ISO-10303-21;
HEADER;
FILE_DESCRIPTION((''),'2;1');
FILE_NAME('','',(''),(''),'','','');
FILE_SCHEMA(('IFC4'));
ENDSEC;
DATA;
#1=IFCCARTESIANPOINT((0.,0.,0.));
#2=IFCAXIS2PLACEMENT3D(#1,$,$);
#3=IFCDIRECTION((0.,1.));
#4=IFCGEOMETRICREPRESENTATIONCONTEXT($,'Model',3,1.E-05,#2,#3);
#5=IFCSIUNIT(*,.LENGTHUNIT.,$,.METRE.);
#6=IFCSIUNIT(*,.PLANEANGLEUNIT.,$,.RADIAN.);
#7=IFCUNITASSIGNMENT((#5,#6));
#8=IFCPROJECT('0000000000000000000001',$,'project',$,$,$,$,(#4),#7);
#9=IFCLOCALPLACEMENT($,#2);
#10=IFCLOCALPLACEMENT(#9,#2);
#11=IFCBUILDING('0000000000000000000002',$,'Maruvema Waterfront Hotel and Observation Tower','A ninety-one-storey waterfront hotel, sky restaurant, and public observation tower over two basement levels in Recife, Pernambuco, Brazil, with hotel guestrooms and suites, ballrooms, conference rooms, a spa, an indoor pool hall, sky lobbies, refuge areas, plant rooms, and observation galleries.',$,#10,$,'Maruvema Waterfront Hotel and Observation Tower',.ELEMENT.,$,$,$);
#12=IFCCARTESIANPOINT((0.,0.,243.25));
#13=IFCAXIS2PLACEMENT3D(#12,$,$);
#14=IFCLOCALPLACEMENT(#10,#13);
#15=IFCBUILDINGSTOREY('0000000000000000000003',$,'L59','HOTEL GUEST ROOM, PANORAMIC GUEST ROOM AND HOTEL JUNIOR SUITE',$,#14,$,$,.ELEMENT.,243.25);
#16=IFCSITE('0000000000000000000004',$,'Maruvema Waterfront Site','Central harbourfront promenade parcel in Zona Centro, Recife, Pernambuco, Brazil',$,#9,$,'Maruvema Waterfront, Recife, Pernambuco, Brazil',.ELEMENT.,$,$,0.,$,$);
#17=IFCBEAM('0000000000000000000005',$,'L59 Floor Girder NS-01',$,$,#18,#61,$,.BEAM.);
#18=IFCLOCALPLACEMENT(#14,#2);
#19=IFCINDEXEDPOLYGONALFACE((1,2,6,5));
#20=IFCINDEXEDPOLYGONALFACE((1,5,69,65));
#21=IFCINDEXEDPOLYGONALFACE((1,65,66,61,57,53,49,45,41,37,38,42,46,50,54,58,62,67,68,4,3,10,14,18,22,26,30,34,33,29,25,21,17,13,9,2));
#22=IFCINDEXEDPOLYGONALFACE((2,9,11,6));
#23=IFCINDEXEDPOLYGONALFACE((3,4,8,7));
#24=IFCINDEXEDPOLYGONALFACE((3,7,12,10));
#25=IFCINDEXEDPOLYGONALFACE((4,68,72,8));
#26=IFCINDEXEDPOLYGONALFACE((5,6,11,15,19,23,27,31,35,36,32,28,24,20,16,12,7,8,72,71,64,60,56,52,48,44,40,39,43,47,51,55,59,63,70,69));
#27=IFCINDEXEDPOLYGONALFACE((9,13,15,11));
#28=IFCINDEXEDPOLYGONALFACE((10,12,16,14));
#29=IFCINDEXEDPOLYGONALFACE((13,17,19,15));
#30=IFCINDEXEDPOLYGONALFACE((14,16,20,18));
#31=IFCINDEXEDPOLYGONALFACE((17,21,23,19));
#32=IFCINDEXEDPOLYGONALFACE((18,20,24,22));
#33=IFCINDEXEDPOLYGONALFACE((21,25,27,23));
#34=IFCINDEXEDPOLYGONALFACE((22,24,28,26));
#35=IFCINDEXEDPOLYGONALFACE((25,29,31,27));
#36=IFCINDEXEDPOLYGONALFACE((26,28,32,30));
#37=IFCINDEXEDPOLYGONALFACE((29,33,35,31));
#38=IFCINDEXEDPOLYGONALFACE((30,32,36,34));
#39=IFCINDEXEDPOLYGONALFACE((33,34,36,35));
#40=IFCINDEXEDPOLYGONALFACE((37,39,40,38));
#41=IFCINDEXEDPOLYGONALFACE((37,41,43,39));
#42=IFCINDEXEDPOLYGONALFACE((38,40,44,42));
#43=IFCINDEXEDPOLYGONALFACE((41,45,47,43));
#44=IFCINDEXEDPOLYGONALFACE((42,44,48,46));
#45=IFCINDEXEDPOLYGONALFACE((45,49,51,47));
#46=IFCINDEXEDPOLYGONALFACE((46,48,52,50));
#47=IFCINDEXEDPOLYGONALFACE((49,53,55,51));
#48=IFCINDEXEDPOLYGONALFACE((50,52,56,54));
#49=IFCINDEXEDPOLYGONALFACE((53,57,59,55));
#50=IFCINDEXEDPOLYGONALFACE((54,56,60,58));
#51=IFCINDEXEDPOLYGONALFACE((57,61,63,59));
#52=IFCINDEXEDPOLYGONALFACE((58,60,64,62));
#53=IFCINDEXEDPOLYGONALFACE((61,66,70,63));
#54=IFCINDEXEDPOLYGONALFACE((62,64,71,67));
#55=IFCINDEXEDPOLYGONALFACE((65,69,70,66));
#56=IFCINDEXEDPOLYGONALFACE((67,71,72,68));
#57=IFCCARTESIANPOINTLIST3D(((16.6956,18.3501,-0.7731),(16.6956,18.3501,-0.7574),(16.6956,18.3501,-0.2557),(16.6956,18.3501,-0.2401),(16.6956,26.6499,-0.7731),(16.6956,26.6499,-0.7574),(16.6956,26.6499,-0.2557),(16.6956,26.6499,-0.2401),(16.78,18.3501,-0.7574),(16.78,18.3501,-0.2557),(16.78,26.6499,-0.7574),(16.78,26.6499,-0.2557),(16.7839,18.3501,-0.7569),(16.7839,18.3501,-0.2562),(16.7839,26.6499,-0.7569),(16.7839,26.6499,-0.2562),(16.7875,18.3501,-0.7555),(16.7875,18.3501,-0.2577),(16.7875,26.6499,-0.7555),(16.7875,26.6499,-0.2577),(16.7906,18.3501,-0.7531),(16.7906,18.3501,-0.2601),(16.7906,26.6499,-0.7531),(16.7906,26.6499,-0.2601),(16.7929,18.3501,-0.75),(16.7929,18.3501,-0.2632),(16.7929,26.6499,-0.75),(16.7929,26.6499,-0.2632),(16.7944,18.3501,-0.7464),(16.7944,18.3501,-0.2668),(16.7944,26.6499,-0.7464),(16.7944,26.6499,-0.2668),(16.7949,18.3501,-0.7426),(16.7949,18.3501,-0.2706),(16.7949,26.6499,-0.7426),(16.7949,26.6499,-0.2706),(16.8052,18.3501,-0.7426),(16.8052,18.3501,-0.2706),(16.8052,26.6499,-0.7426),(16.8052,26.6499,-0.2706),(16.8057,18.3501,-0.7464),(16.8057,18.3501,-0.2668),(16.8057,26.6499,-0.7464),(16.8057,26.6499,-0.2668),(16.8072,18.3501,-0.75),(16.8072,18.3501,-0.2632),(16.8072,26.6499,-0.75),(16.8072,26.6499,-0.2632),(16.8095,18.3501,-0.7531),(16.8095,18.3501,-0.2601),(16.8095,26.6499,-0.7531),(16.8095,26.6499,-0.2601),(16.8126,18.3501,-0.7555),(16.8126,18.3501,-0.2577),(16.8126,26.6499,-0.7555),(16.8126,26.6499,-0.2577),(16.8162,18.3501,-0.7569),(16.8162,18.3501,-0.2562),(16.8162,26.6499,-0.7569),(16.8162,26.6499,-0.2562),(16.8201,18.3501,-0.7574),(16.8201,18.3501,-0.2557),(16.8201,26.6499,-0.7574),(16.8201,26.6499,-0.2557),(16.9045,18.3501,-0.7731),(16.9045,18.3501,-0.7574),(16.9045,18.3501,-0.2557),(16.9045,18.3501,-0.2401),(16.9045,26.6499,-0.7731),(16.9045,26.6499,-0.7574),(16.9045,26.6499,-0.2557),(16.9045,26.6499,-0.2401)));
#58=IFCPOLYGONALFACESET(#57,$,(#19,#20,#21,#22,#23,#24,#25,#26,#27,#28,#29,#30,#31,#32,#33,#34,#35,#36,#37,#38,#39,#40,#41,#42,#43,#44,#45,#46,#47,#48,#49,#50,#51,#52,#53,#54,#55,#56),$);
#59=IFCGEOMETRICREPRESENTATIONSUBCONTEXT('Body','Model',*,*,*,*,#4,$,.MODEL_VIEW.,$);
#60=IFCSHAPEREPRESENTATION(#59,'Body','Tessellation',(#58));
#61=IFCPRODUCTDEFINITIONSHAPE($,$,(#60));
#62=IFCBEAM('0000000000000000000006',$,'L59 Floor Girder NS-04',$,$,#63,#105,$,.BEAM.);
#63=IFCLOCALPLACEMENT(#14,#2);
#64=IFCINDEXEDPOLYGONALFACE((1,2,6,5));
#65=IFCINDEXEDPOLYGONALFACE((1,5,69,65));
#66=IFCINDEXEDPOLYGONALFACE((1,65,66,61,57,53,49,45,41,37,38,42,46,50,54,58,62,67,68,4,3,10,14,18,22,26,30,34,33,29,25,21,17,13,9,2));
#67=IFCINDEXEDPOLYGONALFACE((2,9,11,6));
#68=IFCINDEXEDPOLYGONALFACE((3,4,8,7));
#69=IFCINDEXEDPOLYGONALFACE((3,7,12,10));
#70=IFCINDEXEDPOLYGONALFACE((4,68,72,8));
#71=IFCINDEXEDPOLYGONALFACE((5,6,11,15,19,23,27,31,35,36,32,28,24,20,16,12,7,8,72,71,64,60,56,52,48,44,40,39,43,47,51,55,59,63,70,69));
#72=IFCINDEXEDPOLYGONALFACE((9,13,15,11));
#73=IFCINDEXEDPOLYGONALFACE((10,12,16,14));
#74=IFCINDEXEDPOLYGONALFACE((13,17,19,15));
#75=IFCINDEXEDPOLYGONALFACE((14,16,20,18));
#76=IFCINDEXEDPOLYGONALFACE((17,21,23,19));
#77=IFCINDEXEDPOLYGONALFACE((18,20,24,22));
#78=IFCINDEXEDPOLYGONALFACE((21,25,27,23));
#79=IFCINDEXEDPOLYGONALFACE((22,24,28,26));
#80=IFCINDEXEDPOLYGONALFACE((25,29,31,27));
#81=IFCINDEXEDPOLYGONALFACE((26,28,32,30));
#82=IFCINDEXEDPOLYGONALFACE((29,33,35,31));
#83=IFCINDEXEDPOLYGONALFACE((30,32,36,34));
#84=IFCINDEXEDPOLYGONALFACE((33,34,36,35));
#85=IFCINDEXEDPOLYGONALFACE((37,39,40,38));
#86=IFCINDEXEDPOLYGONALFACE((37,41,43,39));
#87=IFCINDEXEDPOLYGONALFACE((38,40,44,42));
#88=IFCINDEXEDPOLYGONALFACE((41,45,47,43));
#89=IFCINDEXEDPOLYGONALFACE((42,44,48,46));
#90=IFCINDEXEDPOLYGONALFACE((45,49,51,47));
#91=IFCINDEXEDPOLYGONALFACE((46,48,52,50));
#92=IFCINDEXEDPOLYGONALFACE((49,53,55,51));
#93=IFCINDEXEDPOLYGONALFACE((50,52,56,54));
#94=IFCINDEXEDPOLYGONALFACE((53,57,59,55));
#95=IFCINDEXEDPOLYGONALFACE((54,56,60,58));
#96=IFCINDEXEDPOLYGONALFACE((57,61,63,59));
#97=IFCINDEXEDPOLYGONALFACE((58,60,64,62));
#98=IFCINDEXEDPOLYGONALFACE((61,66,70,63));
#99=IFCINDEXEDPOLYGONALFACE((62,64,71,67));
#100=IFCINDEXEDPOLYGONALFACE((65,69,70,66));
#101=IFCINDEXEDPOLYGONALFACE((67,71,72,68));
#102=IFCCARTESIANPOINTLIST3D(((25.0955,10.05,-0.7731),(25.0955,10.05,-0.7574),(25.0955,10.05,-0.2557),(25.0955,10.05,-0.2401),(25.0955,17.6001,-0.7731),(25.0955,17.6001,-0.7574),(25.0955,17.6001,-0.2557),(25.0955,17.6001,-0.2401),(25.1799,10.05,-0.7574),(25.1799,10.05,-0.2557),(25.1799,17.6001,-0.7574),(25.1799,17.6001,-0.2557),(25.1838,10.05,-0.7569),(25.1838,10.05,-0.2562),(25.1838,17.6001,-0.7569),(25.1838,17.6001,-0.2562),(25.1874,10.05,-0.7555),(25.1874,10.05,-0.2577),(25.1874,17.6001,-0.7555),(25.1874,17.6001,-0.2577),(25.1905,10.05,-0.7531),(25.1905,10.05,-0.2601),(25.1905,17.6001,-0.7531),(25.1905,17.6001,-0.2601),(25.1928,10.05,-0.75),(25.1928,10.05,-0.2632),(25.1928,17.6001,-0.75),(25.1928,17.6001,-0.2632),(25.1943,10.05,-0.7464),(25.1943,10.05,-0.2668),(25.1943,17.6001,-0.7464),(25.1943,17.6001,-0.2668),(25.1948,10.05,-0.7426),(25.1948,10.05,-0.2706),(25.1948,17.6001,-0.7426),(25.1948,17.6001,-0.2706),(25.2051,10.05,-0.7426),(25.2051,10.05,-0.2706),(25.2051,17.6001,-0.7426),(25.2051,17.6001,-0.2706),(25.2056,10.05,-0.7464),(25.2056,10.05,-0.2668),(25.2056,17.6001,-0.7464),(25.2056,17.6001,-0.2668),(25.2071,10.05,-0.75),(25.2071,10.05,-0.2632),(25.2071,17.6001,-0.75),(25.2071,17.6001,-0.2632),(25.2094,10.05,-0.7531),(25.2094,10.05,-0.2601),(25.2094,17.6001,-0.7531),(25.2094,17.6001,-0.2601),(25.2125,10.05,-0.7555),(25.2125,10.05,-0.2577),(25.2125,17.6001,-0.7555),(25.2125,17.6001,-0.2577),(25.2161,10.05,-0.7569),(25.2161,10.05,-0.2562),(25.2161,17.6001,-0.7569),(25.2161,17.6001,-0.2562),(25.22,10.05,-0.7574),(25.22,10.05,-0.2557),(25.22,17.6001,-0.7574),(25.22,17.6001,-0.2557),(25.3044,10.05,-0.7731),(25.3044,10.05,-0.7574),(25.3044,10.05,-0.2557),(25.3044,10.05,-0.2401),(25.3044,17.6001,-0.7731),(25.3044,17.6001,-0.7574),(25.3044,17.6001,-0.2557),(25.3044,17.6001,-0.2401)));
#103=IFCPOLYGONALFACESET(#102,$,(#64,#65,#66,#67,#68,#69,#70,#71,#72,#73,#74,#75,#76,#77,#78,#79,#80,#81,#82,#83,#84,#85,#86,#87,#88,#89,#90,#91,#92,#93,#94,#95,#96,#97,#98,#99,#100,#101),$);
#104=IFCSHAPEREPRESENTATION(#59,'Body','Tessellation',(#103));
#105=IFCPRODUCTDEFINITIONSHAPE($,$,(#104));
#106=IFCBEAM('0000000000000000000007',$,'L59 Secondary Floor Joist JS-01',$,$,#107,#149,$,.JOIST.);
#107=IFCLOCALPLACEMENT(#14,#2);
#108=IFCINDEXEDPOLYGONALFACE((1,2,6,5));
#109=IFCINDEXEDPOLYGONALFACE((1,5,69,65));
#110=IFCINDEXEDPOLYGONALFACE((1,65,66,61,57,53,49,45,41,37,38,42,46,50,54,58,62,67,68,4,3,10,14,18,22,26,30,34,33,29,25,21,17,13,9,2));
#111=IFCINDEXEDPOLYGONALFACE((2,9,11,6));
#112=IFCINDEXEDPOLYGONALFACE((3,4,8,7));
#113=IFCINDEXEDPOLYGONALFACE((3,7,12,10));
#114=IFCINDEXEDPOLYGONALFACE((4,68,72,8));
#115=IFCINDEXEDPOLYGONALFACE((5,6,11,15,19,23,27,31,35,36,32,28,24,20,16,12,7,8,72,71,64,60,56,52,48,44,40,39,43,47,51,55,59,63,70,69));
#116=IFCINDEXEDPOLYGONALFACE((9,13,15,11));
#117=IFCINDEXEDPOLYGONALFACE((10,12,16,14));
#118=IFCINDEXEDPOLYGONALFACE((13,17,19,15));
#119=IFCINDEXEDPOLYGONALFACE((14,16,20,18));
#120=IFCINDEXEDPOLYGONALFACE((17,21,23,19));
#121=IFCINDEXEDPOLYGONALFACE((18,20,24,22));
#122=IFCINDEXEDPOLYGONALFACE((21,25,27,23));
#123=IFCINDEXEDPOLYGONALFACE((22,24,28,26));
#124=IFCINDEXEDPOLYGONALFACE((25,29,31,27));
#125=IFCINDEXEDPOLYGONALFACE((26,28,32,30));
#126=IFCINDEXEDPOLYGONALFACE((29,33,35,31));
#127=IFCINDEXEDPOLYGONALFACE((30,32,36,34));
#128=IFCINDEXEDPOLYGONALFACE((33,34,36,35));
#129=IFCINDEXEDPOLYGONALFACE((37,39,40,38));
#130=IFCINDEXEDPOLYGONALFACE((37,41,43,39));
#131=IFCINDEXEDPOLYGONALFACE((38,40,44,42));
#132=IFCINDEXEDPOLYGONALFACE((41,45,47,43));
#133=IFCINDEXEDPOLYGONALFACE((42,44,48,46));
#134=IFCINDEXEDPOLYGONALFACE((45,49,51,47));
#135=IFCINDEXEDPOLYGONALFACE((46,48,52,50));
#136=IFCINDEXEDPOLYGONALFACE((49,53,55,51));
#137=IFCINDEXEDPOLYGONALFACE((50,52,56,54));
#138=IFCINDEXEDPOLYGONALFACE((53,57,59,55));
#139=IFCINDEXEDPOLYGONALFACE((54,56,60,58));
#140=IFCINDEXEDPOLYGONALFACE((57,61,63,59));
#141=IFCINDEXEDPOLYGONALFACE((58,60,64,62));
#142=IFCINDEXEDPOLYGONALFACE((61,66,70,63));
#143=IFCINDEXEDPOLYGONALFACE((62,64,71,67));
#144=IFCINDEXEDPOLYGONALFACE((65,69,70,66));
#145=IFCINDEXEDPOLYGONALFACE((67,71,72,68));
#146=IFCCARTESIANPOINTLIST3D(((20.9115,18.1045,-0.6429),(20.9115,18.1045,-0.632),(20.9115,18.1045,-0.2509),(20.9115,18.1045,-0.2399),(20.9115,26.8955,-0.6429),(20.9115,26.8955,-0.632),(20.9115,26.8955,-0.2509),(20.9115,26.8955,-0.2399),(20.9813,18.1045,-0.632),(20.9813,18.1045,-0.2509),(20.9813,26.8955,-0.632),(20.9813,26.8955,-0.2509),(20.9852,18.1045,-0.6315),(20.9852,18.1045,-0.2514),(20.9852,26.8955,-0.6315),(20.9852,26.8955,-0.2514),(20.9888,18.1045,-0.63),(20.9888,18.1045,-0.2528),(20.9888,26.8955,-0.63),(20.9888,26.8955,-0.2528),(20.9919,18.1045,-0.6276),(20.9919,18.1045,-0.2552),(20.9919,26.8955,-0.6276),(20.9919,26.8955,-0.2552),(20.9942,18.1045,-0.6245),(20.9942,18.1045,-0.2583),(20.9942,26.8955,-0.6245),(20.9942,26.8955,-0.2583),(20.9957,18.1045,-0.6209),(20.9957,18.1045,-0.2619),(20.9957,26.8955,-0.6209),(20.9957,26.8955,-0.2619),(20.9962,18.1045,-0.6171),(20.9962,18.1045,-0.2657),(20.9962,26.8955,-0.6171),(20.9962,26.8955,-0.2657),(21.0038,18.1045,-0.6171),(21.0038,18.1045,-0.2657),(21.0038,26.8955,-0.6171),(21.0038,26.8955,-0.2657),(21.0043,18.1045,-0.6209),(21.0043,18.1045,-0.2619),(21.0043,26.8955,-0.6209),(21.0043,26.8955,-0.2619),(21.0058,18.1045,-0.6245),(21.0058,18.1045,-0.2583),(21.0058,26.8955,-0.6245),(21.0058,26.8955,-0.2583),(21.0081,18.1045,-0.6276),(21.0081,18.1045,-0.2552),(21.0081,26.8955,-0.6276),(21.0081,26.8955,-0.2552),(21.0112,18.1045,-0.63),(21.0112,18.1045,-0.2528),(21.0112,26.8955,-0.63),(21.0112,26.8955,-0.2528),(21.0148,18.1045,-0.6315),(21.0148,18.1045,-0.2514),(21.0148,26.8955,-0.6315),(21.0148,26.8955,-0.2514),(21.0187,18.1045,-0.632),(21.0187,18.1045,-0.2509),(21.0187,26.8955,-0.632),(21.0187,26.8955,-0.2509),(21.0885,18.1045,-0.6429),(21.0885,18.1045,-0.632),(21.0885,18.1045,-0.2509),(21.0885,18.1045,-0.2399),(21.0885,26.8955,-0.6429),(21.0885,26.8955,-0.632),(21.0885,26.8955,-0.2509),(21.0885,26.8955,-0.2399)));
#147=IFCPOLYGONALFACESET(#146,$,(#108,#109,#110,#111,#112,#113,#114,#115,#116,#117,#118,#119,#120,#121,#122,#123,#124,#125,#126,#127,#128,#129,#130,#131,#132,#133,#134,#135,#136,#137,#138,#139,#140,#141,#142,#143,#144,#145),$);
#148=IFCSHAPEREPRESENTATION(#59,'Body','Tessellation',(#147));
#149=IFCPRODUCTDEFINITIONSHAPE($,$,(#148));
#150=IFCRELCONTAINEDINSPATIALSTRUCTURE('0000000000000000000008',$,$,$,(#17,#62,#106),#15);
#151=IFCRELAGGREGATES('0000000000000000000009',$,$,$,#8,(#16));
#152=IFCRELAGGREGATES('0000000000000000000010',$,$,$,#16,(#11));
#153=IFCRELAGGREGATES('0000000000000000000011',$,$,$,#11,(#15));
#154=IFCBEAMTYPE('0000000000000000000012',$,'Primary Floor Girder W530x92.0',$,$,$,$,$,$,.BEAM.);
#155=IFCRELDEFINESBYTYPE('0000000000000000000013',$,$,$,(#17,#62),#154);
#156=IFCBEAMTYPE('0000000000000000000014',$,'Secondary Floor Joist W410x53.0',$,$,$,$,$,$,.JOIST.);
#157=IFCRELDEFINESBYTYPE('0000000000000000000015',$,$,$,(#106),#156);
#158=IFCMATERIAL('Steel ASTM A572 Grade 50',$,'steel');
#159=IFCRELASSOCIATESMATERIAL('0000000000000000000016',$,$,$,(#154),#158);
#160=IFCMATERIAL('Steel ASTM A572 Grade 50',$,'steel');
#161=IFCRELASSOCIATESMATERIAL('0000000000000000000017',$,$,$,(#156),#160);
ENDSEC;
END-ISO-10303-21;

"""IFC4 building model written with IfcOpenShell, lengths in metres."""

from ifc_helpers import new_model, si_unit, direction, frame, origin, origin_2d, place, context, subcontext, project, spatial, i_section, extrude, material, material_profile, profile_set, type_object, element, save


model = new_model("IFC4")

# Units and contexts
model_context = context("Model", 3, precision=1e-05, world=origin(), true_north=direction((0.0, 1.0)))
body_context = subcontext(model_context, "Body", "Model", "MODEL_VIEW")
ifc_project = project(units=[si_unit("LENGTHUNIT", "METRE"), si_unit("PLANEANGLEUNIT", "RADIAN")], contexts=[model_context])

# Site, building, storey
site_placement = place(None, origin())
site = spatial("IfcSite", under=ifc_project, at=site_placement, Name="Maruvema Waterfront Site", Description="Central harbourfront promenade parcel in Zona Centro, Recife, Pernambuco, Brazil", LongName="Maruvema Waterfront, Recife, Pernambuco, Brazil", CompositionType="ELEMENT", RefElevation=0.0)
building_placement = place(site_placement, origin())
building = spatial("IfcBuilding", under=site, at=building_placement, Name="Maruvema Waterfront Hotel and Observation Tower", Description="A ninety-one-storey waterfront hotel, sky restaurant, and public observation tower over two basement levels in Recife, Pernambuco, Brazil, with hotel guestrooms and suites, ballrooms, conference rooms, a spa, an indoor pool hall, sky lobbies, refuge areas, plant rooms, and observation galleries.", LongName="Maruvema Waterfront Hotel and Observation Tower", CompositionType="ELEMENT")
storey_placement = place(building_placement, frame((0.0, 0.0, 243.25)))
storey = spatial("IfcBuildingStorey", under=building, at=storey_placement, Name="L59", Description="HOTEL GUEST ROOM, PANORAMIC GUEST ROOM AND HOTEL JUNIOR SUITE", CompositionType="ELEMENT", Elevation=243.25)

# Beams
ifc_material_1 = material(Name="Steel ASTM A572 Grade 50", Category="steel")
ifc_material_profile_1 = material_profile(ifc_material_1, i_section(OverallWidth=0.209, OverallDepth=0.533, WebThickness=0.0103, FlangeThickness=0.0156, FilletRadius=0.0149, at=origin_2d()), Name="W530x92.0")
ifc_profile_set_1 = profile_set([ifc_material_profile_1], Name="Steel ASTM A572 Grade 50")
beam_type_1 = type_object("IfcBeamType", Name="Primary Floor Girder W530x92.0", PredefinedType="BEAM", material=ifc_profile_set_1)
beam_1_placement = place(storey_placement, frame((16.8, 18.3501, -0.5066), z_axis=(0.0, 1.0, 0.0), x_axis=(-1.0, 0.0, 0.0)))
element("IfcBeam", 1, at=beam_1_placement, inside=storey, type_object=beam_type_1, Name="L59 Floor Girder NS-01", PredefinedType="BEAM", context=body_context, shape_type="SweptSolid", body=[
    extrude(i_section(OverallWidth=0.209, OverallDepth=0.533, WebThickness=0.0103, FlangeThickness=0.0156, FilletRadius=0.0149, at=origin_2d()), origin(), (0.0, 0.0, 1.0), 8.2998),
])
beam_2_placement = place(storey_placement, frame((25.2, 10.05, -0.5066), z_axis=(0.0, 1.0, 0.0), x_axis=(-1.0, 0.0, 0.0)))
element("IfcBeam", 2, at=beam_2_placement, inside=storey, type_object=beam_type_1, Name="L59 Floor Girder NS-04", PredefinedType="BEAM", context=body_context, shape_type="SweptSolid", body=[
    extrude(i_section(OverallWidth=0.209, OverallDepth=0.533, WebThickness=0.0103, FlangeThickness=0.0156, FilletRadius=0.0149, at=origin_2d()), origin(), (0.0, 0.0, 1.0), 7.55),
])
ifc_material_2 = material(Name="Steel ASTM A572 Grade 50", Category="steel")
ifc_material_profile_2 = material_profile(ifc_material_2, i_section(OverallWidth=0.177, OverallDepth=0.4031, WebThickness=0.0076, FlangeThickness=0.011, FilletRadius=0.0149, at=origin_2d()), Name="W410x53.0")
ifc_profile_set_2 = profile_set([ifc_material_profile_2], Name="Steel ASTM A572 Grade 50")
beam_type_2 = type_object("IfcBeamType", Name="Secondary Floor Joist W410x53.0", PredefinedType="JOIST", material=ifc_profile_set_2)
beam_3_placement = place(storey_placement, frame((21.0, 18.1045, -0.4414), z_axis=(0.0, 1.0, 0.0), x_axis=(-1.0, 0.0, 0.0)))
element("IfcBeam", 3, at=beam_3_placement, inside=storey, type_object=beam_type_2, Name="L59 Secondary Floor Joist JS-01", PredefinedType="JOIST", context=body_context, shape_type="SweptSolid", body=[
    extrude(i_section(OverallWidth=0.177, OverallDepth=0.4031, WebThickness=0.0076, FlangeThickness=0.011, FilletRadius=0.0149, at=origin_2d()), origin(), (0.0, 0.0, 1.0), 8.791),
])

save(model, "model.ifc")
